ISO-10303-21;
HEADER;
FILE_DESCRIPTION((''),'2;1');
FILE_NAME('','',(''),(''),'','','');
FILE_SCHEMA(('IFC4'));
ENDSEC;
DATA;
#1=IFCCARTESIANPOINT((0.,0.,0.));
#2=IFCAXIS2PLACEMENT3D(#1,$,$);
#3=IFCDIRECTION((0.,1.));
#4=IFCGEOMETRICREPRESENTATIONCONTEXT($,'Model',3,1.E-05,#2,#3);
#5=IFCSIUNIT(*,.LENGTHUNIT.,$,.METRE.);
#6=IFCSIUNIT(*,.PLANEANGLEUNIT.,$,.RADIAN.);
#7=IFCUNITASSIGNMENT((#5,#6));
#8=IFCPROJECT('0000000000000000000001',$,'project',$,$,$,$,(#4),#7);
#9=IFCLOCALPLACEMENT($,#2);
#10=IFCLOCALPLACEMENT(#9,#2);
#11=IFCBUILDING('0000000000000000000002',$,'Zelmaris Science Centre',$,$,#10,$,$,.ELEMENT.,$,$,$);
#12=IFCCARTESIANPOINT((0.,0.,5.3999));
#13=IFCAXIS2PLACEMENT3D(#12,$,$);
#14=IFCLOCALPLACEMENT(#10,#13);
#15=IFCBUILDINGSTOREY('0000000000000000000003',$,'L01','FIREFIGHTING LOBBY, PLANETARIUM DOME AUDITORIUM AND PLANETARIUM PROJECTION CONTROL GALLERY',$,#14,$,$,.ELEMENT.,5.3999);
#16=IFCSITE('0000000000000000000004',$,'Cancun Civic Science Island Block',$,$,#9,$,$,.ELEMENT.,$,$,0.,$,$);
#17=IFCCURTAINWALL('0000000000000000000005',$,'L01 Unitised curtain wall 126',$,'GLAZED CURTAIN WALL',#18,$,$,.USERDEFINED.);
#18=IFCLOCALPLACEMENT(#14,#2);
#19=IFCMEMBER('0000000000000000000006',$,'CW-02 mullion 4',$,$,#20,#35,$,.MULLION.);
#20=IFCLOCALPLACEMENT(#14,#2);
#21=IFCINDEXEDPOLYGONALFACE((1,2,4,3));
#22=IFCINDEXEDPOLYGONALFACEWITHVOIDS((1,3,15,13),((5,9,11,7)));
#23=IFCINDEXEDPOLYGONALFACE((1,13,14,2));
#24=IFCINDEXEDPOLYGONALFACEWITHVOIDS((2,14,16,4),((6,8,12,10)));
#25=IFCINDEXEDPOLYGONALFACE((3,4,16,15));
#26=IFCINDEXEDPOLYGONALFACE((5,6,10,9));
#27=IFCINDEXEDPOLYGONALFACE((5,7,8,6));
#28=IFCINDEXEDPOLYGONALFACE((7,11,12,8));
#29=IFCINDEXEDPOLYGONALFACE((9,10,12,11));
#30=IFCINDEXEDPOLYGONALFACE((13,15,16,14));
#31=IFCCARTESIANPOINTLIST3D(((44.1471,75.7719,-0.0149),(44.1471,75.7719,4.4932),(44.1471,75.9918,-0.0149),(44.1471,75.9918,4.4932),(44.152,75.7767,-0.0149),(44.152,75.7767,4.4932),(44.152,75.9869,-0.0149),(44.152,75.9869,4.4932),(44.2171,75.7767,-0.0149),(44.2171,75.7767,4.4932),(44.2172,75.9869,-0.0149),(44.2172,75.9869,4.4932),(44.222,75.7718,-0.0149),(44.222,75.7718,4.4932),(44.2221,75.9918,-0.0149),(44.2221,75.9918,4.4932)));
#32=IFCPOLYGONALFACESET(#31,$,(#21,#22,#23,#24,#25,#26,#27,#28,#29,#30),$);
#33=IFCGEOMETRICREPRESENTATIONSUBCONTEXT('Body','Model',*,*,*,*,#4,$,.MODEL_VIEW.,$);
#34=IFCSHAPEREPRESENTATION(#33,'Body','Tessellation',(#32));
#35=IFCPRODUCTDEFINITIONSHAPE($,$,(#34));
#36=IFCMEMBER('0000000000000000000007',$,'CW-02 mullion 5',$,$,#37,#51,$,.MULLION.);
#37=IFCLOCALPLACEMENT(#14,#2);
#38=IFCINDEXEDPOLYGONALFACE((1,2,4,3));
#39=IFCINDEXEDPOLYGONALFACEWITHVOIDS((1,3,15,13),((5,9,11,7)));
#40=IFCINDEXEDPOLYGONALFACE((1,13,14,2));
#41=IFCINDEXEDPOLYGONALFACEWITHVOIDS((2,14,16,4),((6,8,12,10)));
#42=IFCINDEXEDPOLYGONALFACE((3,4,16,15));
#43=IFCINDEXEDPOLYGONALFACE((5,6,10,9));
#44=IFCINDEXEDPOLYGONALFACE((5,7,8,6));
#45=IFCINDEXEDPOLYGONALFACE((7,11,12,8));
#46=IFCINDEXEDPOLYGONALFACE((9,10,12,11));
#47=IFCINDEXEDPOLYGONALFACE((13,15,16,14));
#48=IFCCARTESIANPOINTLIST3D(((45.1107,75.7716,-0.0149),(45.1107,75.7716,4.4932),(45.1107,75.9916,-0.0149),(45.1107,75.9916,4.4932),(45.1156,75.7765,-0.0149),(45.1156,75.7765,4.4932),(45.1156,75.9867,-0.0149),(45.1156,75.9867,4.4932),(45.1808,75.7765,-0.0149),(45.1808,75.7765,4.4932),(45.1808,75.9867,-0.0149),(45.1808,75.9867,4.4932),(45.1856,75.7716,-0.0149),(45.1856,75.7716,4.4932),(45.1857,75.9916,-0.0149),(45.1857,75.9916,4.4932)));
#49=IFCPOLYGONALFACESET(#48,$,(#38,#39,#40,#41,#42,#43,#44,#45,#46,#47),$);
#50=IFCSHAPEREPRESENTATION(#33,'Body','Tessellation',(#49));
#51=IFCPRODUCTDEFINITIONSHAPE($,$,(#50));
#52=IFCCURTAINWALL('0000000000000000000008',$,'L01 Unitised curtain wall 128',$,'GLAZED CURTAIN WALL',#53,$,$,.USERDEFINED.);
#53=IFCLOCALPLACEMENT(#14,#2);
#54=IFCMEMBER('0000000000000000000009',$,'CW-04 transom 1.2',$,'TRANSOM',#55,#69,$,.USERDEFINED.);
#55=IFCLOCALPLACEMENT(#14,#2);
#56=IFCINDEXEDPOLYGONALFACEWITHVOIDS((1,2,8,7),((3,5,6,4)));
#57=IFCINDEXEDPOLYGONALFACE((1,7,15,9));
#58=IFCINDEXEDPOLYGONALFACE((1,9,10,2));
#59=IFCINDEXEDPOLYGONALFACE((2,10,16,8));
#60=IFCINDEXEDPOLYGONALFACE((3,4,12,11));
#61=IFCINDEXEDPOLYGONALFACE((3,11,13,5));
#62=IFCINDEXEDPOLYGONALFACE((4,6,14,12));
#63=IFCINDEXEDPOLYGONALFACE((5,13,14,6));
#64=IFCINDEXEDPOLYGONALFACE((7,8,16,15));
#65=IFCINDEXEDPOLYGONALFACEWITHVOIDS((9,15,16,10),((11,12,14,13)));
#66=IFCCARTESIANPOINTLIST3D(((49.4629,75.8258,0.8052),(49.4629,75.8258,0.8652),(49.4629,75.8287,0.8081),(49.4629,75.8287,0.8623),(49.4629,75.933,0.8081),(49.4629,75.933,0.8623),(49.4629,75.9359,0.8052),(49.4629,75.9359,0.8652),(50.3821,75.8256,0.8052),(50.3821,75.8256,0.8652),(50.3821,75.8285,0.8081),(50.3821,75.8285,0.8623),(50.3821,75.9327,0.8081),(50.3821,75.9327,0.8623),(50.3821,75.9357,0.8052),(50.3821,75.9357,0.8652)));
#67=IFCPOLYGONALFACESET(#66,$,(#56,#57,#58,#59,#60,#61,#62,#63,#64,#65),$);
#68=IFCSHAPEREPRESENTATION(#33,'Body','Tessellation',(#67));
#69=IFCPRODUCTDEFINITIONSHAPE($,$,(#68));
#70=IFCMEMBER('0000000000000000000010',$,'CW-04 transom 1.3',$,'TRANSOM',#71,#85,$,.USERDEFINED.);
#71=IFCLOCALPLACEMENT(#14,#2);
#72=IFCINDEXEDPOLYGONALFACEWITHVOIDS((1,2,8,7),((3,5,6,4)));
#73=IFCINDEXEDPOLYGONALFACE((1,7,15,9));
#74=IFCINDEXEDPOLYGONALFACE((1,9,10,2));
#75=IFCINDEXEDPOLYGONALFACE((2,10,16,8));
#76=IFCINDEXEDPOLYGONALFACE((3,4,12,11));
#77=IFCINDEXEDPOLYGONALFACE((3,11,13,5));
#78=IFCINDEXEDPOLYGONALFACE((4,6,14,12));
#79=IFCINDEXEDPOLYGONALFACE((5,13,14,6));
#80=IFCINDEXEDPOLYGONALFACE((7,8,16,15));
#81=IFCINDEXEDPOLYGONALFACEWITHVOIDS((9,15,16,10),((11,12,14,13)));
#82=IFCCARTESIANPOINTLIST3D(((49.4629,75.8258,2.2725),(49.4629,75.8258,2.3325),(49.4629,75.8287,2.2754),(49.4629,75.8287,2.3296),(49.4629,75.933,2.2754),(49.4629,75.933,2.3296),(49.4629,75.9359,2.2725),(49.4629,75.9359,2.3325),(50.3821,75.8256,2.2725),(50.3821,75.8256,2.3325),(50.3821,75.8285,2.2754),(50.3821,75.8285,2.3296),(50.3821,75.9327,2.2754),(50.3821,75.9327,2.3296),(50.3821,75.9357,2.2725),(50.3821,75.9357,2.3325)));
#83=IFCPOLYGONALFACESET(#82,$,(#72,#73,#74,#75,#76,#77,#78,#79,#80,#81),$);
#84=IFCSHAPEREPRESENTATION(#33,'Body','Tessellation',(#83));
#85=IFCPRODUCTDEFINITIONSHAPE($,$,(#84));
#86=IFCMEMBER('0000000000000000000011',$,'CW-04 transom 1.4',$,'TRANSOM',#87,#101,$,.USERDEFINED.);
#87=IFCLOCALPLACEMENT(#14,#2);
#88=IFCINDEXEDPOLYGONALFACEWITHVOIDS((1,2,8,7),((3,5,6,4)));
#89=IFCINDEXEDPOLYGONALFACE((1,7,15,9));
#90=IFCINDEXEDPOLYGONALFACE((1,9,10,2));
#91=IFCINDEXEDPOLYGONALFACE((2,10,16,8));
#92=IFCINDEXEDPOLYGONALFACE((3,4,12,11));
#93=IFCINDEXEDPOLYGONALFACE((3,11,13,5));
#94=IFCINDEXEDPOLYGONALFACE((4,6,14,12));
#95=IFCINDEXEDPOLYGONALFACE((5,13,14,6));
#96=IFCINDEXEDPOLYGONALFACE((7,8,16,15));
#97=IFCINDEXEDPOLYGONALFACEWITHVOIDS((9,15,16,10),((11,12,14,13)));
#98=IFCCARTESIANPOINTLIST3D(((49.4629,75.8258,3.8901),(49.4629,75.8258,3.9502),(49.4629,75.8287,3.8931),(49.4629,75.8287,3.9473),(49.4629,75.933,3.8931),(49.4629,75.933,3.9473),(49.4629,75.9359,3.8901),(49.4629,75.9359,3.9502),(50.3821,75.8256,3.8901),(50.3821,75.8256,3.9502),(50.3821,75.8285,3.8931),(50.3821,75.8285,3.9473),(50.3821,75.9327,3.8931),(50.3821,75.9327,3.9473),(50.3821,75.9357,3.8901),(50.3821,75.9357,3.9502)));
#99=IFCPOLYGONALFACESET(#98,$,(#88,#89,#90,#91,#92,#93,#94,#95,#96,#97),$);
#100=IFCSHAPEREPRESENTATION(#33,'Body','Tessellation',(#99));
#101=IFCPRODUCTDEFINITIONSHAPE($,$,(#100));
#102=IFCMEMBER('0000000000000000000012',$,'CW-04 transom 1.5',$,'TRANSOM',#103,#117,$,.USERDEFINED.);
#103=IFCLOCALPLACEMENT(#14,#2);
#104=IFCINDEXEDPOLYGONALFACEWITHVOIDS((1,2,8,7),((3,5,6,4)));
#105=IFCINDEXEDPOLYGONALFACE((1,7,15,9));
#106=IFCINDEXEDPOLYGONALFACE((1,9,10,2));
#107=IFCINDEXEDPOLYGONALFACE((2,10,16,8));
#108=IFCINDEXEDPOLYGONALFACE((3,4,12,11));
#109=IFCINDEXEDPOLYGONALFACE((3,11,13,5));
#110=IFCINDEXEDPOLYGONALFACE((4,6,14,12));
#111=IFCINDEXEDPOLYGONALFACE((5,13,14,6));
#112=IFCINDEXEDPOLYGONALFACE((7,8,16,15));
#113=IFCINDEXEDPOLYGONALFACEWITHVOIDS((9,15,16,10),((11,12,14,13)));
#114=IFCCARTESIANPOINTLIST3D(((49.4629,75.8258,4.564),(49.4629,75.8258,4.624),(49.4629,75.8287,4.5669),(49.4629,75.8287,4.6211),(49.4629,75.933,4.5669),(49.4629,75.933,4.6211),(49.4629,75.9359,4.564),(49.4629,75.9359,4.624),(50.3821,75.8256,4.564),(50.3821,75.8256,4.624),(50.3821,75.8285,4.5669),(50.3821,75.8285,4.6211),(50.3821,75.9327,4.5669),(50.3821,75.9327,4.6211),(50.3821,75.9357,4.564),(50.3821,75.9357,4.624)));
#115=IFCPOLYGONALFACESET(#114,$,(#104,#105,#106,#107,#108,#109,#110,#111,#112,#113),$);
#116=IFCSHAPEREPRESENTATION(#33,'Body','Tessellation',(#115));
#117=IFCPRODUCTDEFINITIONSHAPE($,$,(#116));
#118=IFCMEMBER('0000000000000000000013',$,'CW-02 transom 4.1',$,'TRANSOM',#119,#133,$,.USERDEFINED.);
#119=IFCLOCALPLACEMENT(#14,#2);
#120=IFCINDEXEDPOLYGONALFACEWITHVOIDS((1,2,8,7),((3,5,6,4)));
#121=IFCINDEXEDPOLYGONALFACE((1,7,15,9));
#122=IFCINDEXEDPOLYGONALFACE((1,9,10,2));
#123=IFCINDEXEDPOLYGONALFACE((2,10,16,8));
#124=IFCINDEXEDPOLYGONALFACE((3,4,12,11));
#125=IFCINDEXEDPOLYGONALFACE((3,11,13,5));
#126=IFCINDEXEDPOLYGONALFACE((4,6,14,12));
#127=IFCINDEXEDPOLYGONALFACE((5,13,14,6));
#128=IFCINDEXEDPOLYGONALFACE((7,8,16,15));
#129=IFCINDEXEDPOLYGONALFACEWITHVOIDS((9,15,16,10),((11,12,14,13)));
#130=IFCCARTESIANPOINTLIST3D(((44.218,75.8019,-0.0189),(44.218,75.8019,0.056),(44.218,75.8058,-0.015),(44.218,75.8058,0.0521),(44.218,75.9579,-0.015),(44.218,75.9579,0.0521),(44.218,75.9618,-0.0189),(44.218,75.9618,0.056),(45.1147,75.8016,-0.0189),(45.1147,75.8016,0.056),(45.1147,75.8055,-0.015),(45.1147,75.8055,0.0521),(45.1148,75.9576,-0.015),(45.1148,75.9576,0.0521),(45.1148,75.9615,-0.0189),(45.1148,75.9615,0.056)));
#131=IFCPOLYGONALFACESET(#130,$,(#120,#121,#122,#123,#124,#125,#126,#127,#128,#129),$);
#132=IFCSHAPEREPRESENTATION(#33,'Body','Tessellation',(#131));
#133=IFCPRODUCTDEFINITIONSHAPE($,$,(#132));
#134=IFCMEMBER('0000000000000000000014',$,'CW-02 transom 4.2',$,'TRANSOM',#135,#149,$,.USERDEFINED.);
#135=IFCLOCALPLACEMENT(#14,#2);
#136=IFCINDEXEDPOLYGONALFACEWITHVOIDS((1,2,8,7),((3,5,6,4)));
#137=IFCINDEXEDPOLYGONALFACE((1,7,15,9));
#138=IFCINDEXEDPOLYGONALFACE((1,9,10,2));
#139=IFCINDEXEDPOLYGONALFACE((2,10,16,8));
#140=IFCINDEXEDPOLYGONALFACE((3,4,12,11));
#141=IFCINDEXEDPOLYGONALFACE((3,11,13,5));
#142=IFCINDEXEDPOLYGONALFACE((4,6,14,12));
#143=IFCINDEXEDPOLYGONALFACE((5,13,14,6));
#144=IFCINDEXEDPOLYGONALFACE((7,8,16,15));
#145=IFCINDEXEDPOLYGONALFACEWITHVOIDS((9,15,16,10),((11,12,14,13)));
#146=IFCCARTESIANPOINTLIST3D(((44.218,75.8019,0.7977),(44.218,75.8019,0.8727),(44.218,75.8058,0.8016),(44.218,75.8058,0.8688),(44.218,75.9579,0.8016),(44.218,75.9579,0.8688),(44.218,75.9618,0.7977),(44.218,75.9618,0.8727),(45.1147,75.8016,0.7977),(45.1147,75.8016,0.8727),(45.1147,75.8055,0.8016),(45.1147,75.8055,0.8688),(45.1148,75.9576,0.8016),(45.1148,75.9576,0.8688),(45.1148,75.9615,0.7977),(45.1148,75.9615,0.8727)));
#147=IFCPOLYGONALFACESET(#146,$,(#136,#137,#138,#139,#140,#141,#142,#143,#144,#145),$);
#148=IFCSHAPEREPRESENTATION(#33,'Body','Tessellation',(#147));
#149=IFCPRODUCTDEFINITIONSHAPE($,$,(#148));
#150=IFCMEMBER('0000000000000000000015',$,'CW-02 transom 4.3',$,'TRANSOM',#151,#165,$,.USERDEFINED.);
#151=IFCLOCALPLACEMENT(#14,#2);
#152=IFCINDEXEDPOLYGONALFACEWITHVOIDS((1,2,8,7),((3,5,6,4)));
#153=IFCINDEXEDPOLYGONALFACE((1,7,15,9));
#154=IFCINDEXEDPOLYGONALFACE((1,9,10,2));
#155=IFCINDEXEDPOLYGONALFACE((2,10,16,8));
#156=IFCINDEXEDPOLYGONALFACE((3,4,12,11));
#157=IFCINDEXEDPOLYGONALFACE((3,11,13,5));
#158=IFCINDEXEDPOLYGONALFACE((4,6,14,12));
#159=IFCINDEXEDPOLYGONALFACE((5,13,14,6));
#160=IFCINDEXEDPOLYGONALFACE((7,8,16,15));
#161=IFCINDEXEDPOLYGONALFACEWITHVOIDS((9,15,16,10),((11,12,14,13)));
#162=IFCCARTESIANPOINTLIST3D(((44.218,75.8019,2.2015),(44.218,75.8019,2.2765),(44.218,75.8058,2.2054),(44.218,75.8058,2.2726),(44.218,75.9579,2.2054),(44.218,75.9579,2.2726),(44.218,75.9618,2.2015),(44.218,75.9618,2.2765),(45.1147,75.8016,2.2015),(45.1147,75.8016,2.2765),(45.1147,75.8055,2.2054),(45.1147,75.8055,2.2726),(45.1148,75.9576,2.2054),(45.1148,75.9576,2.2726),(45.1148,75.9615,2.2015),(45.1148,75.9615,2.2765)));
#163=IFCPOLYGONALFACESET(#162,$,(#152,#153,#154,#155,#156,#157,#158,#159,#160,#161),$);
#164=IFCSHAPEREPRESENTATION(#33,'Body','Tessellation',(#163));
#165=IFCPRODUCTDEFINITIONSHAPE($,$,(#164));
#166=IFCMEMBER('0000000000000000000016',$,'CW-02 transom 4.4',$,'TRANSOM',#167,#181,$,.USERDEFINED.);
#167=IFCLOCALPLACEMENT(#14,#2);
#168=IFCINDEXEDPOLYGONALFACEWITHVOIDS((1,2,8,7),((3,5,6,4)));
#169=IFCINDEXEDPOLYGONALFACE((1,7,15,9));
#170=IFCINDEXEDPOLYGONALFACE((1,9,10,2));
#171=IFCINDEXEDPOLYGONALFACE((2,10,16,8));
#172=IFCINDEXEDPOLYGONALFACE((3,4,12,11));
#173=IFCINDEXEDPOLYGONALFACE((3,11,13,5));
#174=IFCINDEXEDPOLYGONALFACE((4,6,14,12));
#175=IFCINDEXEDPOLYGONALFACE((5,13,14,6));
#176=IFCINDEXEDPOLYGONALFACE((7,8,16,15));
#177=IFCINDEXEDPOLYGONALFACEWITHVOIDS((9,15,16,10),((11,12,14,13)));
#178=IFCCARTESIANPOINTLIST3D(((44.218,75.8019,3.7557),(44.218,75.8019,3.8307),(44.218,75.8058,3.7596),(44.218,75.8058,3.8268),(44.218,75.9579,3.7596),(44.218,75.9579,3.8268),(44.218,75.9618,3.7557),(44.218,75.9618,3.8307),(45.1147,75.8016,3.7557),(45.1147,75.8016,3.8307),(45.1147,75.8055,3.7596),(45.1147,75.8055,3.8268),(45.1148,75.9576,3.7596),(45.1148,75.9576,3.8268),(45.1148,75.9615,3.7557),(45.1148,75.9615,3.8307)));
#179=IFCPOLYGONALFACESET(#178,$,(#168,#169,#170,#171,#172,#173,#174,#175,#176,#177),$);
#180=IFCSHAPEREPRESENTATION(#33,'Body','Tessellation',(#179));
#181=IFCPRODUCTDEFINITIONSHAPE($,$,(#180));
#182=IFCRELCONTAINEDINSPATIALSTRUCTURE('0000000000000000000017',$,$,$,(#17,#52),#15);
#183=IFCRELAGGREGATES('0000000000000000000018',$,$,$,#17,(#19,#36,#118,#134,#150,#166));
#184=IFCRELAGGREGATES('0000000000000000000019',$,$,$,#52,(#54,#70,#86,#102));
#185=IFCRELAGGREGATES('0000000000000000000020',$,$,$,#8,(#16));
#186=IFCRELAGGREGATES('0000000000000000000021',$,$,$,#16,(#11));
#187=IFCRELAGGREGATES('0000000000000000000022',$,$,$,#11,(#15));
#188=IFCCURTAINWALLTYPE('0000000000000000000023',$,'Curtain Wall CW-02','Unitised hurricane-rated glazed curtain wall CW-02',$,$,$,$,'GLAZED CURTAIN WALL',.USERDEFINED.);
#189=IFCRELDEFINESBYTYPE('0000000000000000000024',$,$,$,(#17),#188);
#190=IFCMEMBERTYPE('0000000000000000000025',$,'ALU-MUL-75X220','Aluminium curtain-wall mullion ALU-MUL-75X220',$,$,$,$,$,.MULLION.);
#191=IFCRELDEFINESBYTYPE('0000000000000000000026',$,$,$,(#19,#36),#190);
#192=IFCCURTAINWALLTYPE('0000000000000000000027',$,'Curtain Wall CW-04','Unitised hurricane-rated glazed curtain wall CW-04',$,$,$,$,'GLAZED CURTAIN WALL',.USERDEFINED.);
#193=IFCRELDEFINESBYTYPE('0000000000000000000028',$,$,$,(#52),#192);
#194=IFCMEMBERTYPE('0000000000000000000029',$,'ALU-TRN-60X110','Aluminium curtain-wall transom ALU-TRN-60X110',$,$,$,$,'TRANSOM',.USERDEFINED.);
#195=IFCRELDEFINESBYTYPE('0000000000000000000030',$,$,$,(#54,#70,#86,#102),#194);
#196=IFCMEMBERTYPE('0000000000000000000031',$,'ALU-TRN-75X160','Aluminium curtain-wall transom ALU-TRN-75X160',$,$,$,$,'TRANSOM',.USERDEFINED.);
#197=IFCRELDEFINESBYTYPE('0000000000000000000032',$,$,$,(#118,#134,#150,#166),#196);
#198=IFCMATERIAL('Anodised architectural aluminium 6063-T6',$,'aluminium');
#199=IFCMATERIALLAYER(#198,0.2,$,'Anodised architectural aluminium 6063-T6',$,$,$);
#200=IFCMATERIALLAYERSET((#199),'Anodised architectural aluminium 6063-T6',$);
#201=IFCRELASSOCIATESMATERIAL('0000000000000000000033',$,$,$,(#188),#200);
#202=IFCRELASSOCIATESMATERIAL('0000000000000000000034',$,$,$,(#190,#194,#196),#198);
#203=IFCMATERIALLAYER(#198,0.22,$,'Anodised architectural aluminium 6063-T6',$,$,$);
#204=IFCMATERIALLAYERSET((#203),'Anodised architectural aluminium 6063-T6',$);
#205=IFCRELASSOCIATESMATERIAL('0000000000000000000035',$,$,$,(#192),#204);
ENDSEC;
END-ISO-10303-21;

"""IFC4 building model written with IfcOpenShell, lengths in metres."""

from ifc_helpers import new_model, si_unit, direction, frame, origin, origin_2d, place, context, subcontext, project, spatial, hollow_rectangle, extrude, material, layer, layer_set, material_profile, profile_set, type_object, element, aggregate, save


model = new_model("IFC4")

# Units and contexts
model_context = context("Model", 3, precision=1e-05, world=origin(), true_north=direction((0.0, 1.0)))
body_context = subcontext(model_context, "Body", "Model", "MODEL_VIEW")
ifc_project = project(units=[si_unit("LENGTHUNIT", "METRE"), si_unit("PLANEANGLEUNIT", "RADIAN")], contexts=[model_context])

# Site, building, storey
site_placement = place(None, origin())
site = spatial("IfcSite", under=ifc_project, at=site_placement, Name="Cancun Civic Science Island Block", CompositionType="ELEMENT", RefElevation=0.0)
building_placement = place(site_placement, origin())
building = spatial("IfcBuilding", under=site, at=building_placement, Name="Zelmaris Science Centre", CompositionType="ELEMENT")
storey_placement = place(building_placement, frame((0.0, 0.0, 5.3999)))
storey = spatial("IfcBuildingStorey", under=building, at=storey_placement, Name="L01", Description="FIREFIGHTING LOBBY, PLANETARIUM DOME AUDITORIUM AND PLANETARIUM PROJECTION CONTROL GALLERY", CompositionType="ELEMENT", Elevation=5.3999)

# Curtain walls, members
ifc_material_1 = material(Name="Anodised architectural aluminium 6063-T6", Category="aluminium")
ifc_layer_1 = layer(ifc_material_1, 0.2, Name="Anodised architectural aluminium 6063-T6")
ifc_layer_set_1 = layer_set([ifc_layer_1], Name="Anodised architectural aluminium 6063-T6")
curtain_wall_type_1 = type_object("IfcCurtainWallType", Name="Curtain Wall CW-02", Description="Unitised hurricane-rated glazed curtain wall CW-02", ElementType="GLAZED CURTAIN WALL", PredefinedType="USERDEFINED", material=ifc_layer_set_1)
curtain_wall_1_placement = place(storey_placement, origin())
curtain_wall_1 = element("IfcCurtainWall", 1, at=curtain_wall_1_placement, inside=storey, type_object=curtain_wall_type_1, Name="L01 Unitised curtain wall 126", ObjectType="GLAZED CURTAIN WALL", PredefinedType="USERDEFINED")
ifc_material_profile_1 = material_profile(ifc_material_1, hollow_rectangle(XDim=0.075, YDim=0.22, WallThickness=0.0049, at=origin_2d()), Name="ALU-MUL-75X220")
ifc_profile_set_1 = profile_set([ifc_material_profile_1], Name="Anodised architectural aluminium 6063-T6")
member_type_1 = type_object("IfcMemberType", Name="ALU-MUL-75X220", Description="Aluminium curtain-wall mullion ALU-MUL-75X220", PredefinedType="MULLION", material=ifc_profile_set_1)
member_1_placement = place(storey_placement, frame((44.1846, 75.8818, -0.0149), z_axis=(0.0, 0.0, 1.0), x_axis=(1.0, -0.000194, 0.0)))
member_1 = element("IfcMember", 2, at=member_1_placement, type_object=member_type_1, Name="CW-02 mullion 4", PredefinedType="MULLION", context=body_context, shape_type="SweptSolid", body=[
    extrude(hollow_rectangle(XDim=0.075, YDim=0.22, WallThickness=0.0049, at=origin_2d()), origin(), (0.0, 0.0, 1.0), 4.5081),
])
member_2_placement = place(storey_placement, frame((45.1482, 75.8816, -0.0149), z_axis=(0.0, 0.0, 1.0), x_axis=(1.0, -0.000194, 0.0)))
member_2 = element("IfcMember", 3, at=member_2_placement, type_object=member_type_1, Name="CW-02 mullion 5", PredefinedType="MULLION", context=body_context, shape_type="SweptSolid", body=[
    extrude(hollow_rectangle(XDim=0.075, YDim=0.22, WallThickness=0.0049, at=origin_2d()), origin(), (0.0, 0.0, 1.0), 4.5081),
])
ifc_layer_2 = layer(ifc_material_1, 0.22, Name="Anodised architectural aluminium 6063-T6")
ifc_layer_set_2 = layer_set([ifc_layer_2], Name="Anodised architectural aluminium 6063-T6")
curtain_wall_type_2 = type_object("IfcCurtainWallType", Name="Curtain Wall CW-04", Description="Unitised hurricane-rated glazed curtain wall CW-04", ElementType="GLAZED CURTAIN WALL", PredefinedType="USERDEFINED", material=ifc_layer_set_2)
curtain_wall_2_placement = place(storey_placement, origin())
curtain_wall_2 = element("IfcCurtainWall", 4, at=curtain_wall_2_placement, inside=storey, type_object=curtain_wall_type_2, Name="L01 Unitised curtain wall 128", ObjectType="GLAZED CURTAIN WALL", PredefinedType="USERDEFINED")
ifc_material_profile_2 = material_profile(ifc_material_1, hollow_rectangle(XDim=0.0601, YDim=0.1101, WallThickness=0.0029, at=origin_2d()), Name="ALU-TRN-60X110")
ifc_profile_set_2 = profile_set([ifc_material_profile_2], Name="Anodised architectural aluminium 6063-T6")
member_type_2 = type_object("IfcMemberType", Name="ALU-TRN-60X110", Description="Aluminium curtain-wall transom ALU-TRN-60X110", ElementType="TRANSOM", PredefinedType="USERDEFINED", material=ifc_profile_set_2)
member_3_placement = place(storey_placement, frame((49.4629, 75.8809, 0.8352), z_axis=(1.0, -0.000266, 0.0), x_axis=(0.0, 0.0, 1.0)))
member_3 = element("IfcMember", 5, at=member_3_placement, type_object=member_type_2, Name="CW-04 transom 1.2", ObjectType="TRANSOM", PredefinedType="USERDEFINED", context=body_context, shape_type="SweptSolid", body=[
    extrude(hollow_rectangle(XDim=0.0601, YDim=0.1101, WallThickness=0.0029, at=origin_2d()), origin(), (0.0, 0.0, 1.0), 0.9192),
])
member_4_placement = place(storey_placement, frame((49.4629, 75.8809, 2.3025), z_axis=(1.0, -0.000266, 0.0), x_axis=(0.0, 0.0, 1.0)))
member_4 = element("IfcMember", 6, at=member_4_placement, type_object=member_type_2, Name="CW-04 transom 1.3", ObjectType="TRANSOM", PredefinedType="USERDEFINED", context=body_context, shape_type="SweptSolid", body=[
    extrude(hollow_rectangle(XDim=0.0601, YDim=0.1101, WallThickness=0.0029, at=origin_2d()), origin(), (0.0, 0.0, 1.0), 0.9192),
])
member_5_placement = place(storey_placement, frame((49.4629, 75.8809, 3.9202), z_axis=(1.0, -0.000266, 0.0), x_axis=(0.0, 0.0, 1.0)))
member_5 = element("IfcMember", 7, at=member_5_placement, type_object=member_type_2, Name="CW-04 transom 1.4", ObjectType="TRANSOM", PredefinedType="USERDEFINED", context=body_context, shape_type="SweptSolid", body=[
    extrude(hollow_rectangle(XDim=0.0601, YDim=0.1101, WallThickness=0.0029, at=origin_2d()), origin(), (0.0, 0.0, 1.0), 0.9192),
])
member_6_placement = place(storey_placement, frame((49.4629, 75.8809, 4.594), z_axis=(1.0, -0.000266, 0.0), x_axis=(0.0, 0.0, 1.0)))
member_6 = element("IfcMember", 8, at=member_6_placement, type_object=member_type_2, Name="CW-04 transom 1.5", ObjectType="TRANSOM", PredefinedType="USERDEFINED", context=body_context, shape_type="SweptSolid", body=[
    extrude(hollow_rectangle(XDim=0.0601, YDim=0.1101, WallThickness=0.0029, at=origin_2d()), origin(), (0.0, 0.0, 1.0), 0.9192),
])

# Members
ifc_material_profile_3 = material_profile(ifc_material_1, hollow_rectangle(XDim=0.075, YDim=0.1599, WallThickness=0.0039, at=origin_2d()), Name="ALU-TRN-75X160")
ifc_profile_set_3 = profile_set([ifc_material_profile_3], Name="Anodised architectural aluminium 6063-T6")
member_type_3 = type_object("IfcMemberType", Name="ALU-TRN-75X160", Description="Aluminium curtain-wall transom ALU-TRN-75X160", ElementType="TRANSOM", PredefinedType="USERDEFINED", material=ifc_profile_set_3)
member_7_placement = place(storey_placement, frame((44.218, 75.8818, 0.0186), z_axis=(1.0, -0.000272, 0.0), x_axis=(0.0, 0.0, 1.0)))
member_7 = element("IfcMember", 9, at=member_7_placement, type_object=member_type_3, Name="CW-02 transom 4.1", ObjectType="TRANSOM", PredefinedType="USERDEFINED", context=body_context, shape_type="SweptSolid", body=[
    extrude(hollow_rectangle(XDim=0.075, YDim=0.1599, WallThickness=0.0039, at=origin_2d()), origin(), (0.0, 0.0, 1.0), 0.8967),
])
member_8_placement = place(storey_placement, frame((44.218, 75.8818, 0.8352), z_axis=(1.0, -0.000272, 0.0), x_axis=(0.0, 0.0, 1.0)))
member_8 = element("IfcMember", 10, at=member_8_placement, type_object=member_type_3, Name="CW-02 transom 4.2", ObjectType="TRANSOM", PredefinedType="USERDEFINED", context=body_context, shape_type="SweptSolid", body=[
    extrude(hollow_rectangle(XDim=0.075, YDim=0.1599, WallThickness=0.0039, at=origin_2d()), origin(), (0.0, 0.0, 1.0), 0.8967),
])
member_9_placement = place(storey_placement, frame((44.218, 75.8818, 2.239), z_axis=(1.0, -0.000272, 0.0), x_axis=(0.0, 0.0, 1.0)))
member_9 = element("IfcMember", 11, at=member_9_placement, type_object=member_type_3, Name="CW-02 transom 4.3", ObjectType="TRANSOM", PredefinedType="USERDEFINED", context=body_context, shape_type="SweptSolid", body=[
    extrude(hollow_rectangle(XDim=0.075, YDim=0.1599, WallThickness=0.0039, at=origin_2d()), origin(), (0.0, 0.0, 1.0), 0.8967),
])
member_10_placement = place(storey_placement, frame((44.218, 75.8818, 3.7932), z_axis=(1.0, -0.000272, 0.0), x_axis=(0.0, 0.0, 1.0)))
member_10 = element("IfcMember", 12, at=member_10_placement, type_object=member_type_3, Name="CW-02 transom 4.4", ObjectType="TRANSOM", PredefinedType="USERDEFINED", context=body_context, shape_type="SweptSolid", body=[
    extrude(hollow_rectangle(XDim=0.075, YDim=0.1599, WallThickness=0.0039, at=origin_2d()), origin(), (0.0, 0.0, 1.0), 0.8967),
])

aggregate(curtain_wall_1, [member_1, member_2, member_7, member_8, member_9, member_10])
aggregate(curtain_wall_2, [member_3, member_4, member_5, member_6])

save(model, "model.ifc")
